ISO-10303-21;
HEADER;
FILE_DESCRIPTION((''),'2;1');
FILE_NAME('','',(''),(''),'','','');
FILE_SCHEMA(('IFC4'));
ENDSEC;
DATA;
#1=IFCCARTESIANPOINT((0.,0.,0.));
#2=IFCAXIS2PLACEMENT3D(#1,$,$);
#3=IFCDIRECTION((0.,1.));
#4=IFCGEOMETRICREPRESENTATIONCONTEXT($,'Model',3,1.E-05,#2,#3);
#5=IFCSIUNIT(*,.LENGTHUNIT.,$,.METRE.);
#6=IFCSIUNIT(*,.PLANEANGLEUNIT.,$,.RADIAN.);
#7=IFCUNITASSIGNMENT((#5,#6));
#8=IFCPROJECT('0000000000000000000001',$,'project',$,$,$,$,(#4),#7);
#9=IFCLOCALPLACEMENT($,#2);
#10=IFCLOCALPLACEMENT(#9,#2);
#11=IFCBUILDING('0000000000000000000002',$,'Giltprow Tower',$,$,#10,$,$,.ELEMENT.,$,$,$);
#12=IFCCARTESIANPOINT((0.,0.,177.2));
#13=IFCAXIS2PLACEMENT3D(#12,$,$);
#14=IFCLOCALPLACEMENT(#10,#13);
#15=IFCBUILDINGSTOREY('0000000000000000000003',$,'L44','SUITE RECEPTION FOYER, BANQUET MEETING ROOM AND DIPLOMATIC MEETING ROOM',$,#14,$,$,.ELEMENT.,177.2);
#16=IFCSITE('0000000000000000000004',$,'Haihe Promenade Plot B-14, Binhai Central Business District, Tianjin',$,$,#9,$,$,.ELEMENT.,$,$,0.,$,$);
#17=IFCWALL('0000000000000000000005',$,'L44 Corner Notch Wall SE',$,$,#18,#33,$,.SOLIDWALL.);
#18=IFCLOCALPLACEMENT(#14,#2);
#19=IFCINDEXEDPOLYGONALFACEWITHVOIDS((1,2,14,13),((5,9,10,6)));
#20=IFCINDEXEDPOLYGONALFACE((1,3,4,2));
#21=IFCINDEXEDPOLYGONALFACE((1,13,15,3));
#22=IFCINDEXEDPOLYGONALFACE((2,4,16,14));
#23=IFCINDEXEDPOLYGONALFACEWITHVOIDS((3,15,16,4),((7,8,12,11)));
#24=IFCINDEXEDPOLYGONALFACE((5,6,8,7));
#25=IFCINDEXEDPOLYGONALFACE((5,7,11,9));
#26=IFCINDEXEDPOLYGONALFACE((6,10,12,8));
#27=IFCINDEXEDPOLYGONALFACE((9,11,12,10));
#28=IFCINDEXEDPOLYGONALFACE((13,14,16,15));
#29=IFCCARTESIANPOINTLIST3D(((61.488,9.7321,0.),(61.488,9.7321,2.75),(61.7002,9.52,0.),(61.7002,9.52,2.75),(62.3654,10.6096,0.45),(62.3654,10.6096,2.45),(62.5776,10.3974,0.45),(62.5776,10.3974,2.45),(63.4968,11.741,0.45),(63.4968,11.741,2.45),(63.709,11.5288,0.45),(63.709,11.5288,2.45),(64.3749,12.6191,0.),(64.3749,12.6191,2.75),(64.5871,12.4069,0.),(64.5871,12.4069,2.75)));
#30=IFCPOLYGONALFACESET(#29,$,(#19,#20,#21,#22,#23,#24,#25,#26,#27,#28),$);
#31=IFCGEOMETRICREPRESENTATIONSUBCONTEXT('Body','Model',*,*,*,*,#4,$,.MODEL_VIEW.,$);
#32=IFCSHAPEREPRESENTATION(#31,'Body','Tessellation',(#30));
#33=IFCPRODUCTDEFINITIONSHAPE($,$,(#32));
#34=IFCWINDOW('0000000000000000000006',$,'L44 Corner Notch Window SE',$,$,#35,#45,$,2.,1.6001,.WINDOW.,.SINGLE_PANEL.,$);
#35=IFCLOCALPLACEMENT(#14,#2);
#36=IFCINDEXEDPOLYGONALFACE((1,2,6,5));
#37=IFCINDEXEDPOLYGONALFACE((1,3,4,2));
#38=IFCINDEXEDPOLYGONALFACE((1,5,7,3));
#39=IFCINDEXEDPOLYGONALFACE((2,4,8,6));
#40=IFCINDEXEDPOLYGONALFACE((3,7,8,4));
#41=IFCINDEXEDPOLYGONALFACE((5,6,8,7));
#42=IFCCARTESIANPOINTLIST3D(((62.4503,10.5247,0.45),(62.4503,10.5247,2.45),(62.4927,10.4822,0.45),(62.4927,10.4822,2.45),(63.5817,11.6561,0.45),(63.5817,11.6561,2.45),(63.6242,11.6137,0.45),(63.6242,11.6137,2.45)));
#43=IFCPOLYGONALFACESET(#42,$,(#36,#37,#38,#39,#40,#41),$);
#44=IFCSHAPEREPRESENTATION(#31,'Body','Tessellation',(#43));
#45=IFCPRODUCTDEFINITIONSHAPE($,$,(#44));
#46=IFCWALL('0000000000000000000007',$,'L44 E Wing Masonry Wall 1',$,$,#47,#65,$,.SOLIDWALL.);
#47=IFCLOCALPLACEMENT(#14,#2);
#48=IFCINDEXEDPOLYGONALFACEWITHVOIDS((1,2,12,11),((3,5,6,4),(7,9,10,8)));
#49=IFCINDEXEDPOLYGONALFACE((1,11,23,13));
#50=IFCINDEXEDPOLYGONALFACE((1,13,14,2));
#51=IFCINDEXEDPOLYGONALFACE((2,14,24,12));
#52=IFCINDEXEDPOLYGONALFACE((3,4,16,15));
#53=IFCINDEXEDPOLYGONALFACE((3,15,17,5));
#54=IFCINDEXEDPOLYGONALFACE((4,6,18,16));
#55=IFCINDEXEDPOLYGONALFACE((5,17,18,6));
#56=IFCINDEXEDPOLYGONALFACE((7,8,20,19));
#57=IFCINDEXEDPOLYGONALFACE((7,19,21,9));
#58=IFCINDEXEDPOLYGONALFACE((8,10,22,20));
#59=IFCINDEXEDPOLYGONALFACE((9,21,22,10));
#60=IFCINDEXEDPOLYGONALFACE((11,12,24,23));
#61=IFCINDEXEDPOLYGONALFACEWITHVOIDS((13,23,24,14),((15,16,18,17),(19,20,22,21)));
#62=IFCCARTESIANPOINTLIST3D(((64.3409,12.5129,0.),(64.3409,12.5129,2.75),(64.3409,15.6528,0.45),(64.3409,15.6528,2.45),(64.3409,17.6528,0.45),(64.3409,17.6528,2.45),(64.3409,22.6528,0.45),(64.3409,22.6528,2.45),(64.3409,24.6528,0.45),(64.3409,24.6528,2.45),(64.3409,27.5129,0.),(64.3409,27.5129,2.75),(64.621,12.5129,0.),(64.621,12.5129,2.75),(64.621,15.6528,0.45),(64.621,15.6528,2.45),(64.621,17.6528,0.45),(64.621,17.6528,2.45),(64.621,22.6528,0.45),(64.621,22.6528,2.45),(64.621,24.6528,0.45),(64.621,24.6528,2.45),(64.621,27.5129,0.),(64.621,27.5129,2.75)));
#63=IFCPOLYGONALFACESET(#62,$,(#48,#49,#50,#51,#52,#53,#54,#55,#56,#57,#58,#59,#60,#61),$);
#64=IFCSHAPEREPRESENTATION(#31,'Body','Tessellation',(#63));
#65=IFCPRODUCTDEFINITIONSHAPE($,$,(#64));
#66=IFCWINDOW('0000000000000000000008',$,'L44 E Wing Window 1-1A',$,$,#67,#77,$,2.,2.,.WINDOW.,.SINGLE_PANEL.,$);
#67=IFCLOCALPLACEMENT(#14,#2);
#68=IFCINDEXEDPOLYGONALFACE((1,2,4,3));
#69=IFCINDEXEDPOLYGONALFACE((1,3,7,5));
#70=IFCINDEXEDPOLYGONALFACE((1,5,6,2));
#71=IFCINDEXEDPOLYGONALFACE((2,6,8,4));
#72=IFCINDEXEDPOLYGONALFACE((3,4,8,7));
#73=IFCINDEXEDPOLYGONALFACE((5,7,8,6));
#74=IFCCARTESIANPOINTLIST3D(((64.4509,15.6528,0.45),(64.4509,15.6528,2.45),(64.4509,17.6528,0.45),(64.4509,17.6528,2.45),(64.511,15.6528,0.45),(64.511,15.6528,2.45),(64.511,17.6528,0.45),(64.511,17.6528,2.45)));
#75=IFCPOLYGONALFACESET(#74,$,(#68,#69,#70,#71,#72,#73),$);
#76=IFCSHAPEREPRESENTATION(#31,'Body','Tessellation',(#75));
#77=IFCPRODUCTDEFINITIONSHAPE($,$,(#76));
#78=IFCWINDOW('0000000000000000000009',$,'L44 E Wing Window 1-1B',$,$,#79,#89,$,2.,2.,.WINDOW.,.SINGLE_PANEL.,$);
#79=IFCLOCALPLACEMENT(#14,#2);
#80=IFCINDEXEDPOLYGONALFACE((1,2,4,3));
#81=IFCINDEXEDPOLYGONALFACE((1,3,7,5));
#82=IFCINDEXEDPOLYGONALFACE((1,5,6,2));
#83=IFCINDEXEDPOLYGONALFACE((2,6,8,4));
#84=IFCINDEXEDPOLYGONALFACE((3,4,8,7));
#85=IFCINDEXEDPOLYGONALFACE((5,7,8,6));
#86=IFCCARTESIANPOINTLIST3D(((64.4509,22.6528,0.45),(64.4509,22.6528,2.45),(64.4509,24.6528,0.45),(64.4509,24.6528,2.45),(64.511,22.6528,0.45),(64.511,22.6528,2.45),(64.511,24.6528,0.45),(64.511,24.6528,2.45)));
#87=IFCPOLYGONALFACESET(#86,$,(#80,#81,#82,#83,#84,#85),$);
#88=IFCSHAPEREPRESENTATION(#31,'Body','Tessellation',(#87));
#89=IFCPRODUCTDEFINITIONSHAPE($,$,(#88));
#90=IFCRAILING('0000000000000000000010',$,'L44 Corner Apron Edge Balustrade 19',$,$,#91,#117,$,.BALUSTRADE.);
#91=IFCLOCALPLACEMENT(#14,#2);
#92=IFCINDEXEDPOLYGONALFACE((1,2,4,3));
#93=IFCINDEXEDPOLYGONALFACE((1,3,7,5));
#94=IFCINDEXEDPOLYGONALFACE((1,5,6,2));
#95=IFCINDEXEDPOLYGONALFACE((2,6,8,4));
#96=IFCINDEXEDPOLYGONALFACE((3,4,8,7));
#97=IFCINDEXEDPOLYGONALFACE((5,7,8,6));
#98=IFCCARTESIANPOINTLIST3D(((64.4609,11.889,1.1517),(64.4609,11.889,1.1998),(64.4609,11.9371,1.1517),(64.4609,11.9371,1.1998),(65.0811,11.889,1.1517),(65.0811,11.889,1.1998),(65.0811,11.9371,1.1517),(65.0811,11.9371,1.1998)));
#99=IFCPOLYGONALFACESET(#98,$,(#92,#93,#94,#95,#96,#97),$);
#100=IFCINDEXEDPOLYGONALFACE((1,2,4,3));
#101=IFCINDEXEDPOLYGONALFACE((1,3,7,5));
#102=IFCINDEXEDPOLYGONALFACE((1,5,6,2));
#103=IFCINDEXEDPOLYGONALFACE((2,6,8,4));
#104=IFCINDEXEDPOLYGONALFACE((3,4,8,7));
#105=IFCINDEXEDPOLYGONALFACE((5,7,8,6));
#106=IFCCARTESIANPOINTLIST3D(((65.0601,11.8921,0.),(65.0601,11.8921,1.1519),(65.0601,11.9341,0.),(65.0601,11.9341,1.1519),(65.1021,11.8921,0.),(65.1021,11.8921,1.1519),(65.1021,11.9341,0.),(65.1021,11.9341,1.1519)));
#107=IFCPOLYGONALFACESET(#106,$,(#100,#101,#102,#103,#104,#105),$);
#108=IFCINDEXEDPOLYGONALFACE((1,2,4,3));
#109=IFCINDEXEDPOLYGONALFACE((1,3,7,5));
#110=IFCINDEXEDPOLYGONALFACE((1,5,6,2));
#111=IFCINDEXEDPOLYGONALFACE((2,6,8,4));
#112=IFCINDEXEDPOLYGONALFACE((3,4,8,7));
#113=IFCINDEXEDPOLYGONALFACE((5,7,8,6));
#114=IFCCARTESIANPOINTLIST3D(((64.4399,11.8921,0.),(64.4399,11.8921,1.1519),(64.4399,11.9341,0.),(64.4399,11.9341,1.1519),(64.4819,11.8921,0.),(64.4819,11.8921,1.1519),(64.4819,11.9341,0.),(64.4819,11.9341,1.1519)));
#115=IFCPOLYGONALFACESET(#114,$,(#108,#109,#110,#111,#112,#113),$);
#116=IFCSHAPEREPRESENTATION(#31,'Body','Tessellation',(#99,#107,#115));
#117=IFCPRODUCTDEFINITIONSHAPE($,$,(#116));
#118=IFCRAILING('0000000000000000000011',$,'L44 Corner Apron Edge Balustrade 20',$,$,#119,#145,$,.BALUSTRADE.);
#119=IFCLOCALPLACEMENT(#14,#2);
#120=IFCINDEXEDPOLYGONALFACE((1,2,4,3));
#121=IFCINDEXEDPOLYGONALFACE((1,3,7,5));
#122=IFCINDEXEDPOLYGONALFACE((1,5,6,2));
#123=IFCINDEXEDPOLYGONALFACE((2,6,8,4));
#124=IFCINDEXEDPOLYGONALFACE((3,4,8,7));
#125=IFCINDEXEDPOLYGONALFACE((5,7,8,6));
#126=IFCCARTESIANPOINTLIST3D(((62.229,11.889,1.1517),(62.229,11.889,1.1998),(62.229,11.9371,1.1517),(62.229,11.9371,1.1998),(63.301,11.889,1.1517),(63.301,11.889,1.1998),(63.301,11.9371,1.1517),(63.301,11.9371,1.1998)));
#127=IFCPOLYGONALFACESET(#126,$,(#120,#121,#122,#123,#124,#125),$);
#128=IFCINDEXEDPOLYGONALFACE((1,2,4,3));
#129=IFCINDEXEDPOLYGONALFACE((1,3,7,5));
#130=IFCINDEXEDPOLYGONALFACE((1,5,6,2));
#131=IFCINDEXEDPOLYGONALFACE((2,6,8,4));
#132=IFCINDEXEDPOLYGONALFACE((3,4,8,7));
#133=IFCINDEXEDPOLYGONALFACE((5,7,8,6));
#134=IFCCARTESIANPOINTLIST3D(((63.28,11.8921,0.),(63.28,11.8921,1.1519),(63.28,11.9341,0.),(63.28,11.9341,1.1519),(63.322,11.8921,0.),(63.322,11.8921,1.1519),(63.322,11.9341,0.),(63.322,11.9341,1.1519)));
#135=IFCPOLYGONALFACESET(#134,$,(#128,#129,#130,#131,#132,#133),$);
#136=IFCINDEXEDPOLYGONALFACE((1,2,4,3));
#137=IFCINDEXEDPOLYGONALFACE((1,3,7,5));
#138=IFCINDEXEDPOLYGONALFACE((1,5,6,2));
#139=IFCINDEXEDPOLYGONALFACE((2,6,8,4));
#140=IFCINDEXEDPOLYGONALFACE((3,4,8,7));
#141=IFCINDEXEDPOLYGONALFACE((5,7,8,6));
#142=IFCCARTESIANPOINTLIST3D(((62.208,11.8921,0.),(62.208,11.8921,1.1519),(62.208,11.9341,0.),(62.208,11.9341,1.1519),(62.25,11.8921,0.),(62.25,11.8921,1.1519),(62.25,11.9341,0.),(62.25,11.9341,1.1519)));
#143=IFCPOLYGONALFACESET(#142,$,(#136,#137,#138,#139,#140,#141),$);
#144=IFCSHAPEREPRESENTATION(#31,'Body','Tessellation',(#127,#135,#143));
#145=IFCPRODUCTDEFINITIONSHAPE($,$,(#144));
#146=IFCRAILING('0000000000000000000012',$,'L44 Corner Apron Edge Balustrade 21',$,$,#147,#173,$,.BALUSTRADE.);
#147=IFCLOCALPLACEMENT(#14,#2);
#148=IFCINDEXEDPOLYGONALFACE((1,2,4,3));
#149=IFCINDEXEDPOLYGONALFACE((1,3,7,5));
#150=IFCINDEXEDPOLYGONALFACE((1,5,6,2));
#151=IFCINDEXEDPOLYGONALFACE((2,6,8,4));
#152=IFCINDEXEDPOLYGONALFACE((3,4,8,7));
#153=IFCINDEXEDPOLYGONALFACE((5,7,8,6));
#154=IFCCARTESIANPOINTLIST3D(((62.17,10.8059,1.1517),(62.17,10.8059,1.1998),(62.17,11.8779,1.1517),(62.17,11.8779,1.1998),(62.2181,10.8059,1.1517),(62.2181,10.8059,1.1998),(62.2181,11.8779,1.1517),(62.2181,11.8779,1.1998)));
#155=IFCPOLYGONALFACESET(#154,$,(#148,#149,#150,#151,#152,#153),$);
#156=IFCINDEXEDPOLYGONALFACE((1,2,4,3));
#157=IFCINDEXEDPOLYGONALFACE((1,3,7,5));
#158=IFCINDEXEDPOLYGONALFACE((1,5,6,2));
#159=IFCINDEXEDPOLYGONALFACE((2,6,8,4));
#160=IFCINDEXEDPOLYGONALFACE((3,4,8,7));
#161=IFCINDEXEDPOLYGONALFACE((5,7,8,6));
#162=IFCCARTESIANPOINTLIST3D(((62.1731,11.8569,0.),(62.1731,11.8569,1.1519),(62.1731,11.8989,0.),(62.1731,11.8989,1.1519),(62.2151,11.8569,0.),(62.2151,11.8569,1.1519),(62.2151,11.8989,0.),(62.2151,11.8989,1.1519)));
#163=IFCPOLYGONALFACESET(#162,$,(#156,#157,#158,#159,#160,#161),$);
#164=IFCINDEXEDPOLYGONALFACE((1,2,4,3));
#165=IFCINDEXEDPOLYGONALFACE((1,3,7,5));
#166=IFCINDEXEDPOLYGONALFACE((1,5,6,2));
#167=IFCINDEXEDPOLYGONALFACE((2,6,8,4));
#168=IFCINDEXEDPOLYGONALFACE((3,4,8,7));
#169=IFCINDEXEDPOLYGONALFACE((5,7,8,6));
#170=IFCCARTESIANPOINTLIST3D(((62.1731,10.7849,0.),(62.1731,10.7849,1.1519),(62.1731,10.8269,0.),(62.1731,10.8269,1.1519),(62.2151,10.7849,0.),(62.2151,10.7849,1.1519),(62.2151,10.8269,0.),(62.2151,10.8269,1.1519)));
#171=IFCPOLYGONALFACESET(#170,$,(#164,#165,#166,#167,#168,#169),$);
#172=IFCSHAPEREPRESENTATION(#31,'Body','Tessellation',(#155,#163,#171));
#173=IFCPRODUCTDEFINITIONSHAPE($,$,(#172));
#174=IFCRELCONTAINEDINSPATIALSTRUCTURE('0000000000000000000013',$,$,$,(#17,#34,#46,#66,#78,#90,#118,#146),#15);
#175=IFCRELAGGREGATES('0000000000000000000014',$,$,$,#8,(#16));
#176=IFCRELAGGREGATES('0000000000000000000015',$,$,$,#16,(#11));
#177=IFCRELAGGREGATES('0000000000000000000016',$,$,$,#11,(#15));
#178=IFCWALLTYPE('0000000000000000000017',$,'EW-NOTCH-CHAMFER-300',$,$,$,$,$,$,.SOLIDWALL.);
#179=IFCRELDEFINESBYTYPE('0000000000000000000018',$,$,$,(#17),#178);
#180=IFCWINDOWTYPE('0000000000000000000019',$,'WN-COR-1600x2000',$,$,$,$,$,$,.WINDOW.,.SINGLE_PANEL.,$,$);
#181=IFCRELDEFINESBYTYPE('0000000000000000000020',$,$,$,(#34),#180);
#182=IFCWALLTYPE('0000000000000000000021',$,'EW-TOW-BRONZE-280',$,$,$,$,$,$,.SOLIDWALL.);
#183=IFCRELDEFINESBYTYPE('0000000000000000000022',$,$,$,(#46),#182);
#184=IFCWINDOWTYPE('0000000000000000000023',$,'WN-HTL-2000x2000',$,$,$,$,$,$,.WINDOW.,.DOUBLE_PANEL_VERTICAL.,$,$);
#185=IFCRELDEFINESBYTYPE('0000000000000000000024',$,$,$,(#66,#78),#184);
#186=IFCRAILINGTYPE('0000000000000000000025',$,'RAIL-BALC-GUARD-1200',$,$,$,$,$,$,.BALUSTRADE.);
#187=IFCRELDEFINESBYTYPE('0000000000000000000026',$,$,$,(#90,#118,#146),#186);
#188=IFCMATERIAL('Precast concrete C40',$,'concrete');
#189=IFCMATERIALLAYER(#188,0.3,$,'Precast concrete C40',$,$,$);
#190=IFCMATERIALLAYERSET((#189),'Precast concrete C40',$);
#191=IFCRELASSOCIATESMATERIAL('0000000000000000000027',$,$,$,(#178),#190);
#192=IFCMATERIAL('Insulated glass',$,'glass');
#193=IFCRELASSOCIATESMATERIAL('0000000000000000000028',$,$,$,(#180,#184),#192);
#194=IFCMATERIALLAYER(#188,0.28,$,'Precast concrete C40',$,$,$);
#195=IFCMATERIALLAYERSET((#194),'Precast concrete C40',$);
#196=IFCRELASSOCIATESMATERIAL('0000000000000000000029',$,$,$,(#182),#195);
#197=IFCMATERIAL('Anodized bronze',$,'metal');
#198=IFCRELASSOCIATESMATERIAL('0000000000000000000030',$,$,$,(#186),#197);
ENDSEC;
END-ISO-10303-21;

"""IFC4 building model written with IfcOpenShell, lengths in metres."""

from ifc_helpers import new_model, si_unit, direction, frame, frame_2d, origin, origin_2d, place, context, subcontext, project, spatial, rectangle, extrude, source, transform, mapped, material, layer, layer_set, type_object, element, fill, save


model = new_model("IFC4")

# Units and contexts
model_context = context("Model", 3, precision=1e-05, world=origin(), true_north=direction((0.0, 1.0)))
body_context = subcontext(model_context, "Body", "Model", "MODEL_VIEW")
ifc_project = project(units=[si_unit("LENGTHUNIT", "METRE"), si_unit("PLANEANGLEUNIT", "RADIAN")], contexts=[model_context])

# Site, building, storey
site_placement = place(None, origin())
site = spatial("IfcSite", under=ifc_project, at=site_placement, Name="Haihe Promenade Plot B-14, Binhai Central Business District, Tianjin", CompositionType="ELEMENT", RefElevation=0.0)
building_placement = place(site_placement, origin())
building = spatial("IfcBuilding", under=site, at=building_placement, Name="Giltprow Tower", CompositionType="ELEMENT")
storey_placement = place(building_placement, frame((0.0, 0.0, 177.2)))
storey = spatial("IfcBuildingStorey", under=building, at=storey_placement, Name="L44", Description="SUITE RECEPTION FOYER, BANQUET MEETING ROOM AND DIPLOMATIC MEETING ROOM", CompositionType="ELEMENT", Elevation=177.2)

# Shared definitions
ifc_material_1 = material(Name="Anodized bronze", Category="metal")

# Shared definitions
ifc_material_2 = material(Name="Insulated glass", Category="glass")

# Wall, opening, window
ifc_material_3 = material(Name="Precast concrete C40", Category="concrete")
ifc_layer_1 = layer(ifc_material_3, 0.3, Name="Precast concrete C40")
ifc_layer_set_1 = layer_set([ifc_layer_1], Name="Precast concrete C40")
wall_type_1 = type_object("IfcWallType", Name="EW-NOTCH-CHAMFER-300", PredefinedType="SOLIDWALL", material=ifc_layer_set_1)
wall_1_placement = place(storey_placement, frame((61.594, 9.626, 0.0), z_axis=(0.0, 0.0, 1.0), x_axis=(0.707107, 0.707107, 0.0)))
wall_1 = element("IfcWall", 1, at=wall_1_placement, inside=storey, type_object=wall_type_1, Name="L44 Corner Notch Wall SE", PredefinedType="SOLIDWALL", context=body_context, shape_type="SweptSolid", body=[
    extrude(rectangle(XDim=4.0828, YDim=0.3, at=frame_2d((2.0415, 0.0))), origin(), (0.0, 0.0, 1.0), 2.75),
])
opening_1_placement = place(wall_1_placement, frame((1.241, 0.0, 0.45)))
opening_1 = element("IfcOpeningElement", 2, at=opening_1_placement, cuts=wall_1, PredefinedType="OPENING", context=body_context, shape_type="SweptSolid", body=[
    extrude(rectangle(XDim=1.6001, YDim=2.0, at=frame_2d((0.8, 1.0))), frame((0.0, 0.1599, 0.0), z_axis=(0.0, -1.0, 0.0), x_axis=(1.0, 0.0, 0.0)), (0.0, 0.0, 1.0), 0.3201),
])
window_type_1 = type_object("IfcWindowType", Name="WN-COR-1600x2000", PartitioningType="SINGLE_PANEL", PredefinedType="WINDOW", material=ifc_material_2)
shared_shape_1 = source(origin(), body_context, "Body", "SweptSolid", [
    extrude(rectangle(XDim=1.6001, YDim=2.0, at=frame_2d((0.8, 1.0))), frame((0.0, 0.03, 0.0), z_axis=(0.0, -1.0, 0.0), x_axis=(1.0, 0.0, 0.0)), (0.0, 0.0, 1.0), 0.0601),
])
window_1_placement = place(opening_1_placement, origin())
window_1 = element("IfcWindow", 3, at=window_1_placement, inside=storey, type_object=window_type_1, Name="L44 Corner Notch Window SE", OverallHeight=2.0, OverallWidth=1.6001, PartitioningType="SINGLE_PANEL", PredefinedType="WINDOW", context=body_context, shape_type="MappedRepresentation", body=[
    mapped(shared_shape_1, transform((0.0, 0.0, 0.0), x_axis=(1.0, 0.0, 0.0), y_axis=(0.0, 1.0, 0.0), z_axis=(0.0, 0.0, 1.0), scale=1.0)),
])
fill(opening_1, window_1)

# Wall, openings, windows
ifc_layer_2 = layer(ifc_material_3, 0.28, Name="Precast concrete C40")
ifc_layer_set_2 = layer_set([ifc_layer_2], Name="Precast concrete C40")
wall_type_2 = type_object("IfcWallType", Name="EW-TOW-BRONZE-280", PredefinedType="SOLIDWALL", material=ifc_layer_set_2)
wall_2_placement = place(storey_placement, frame((64.481, 12.5129, 0.0), z_axis=(0.0, 0.0, 1.0), x_axis=(0.0, 1.0, 0.0)))
wall_2 = element("IfcWall", 4, at=wall_2_placement, inside=storey, type_object=wall_type_2, Name="L44 E Wing Masonry Wall 1", PredefinedType="SOLIDWALL", context=body_context, shape_type="SweptSolid", body=[
    extrude(rectangle(XDim=15.0, YDim=0.28, at=frame_2d((7.5, 0.0))), origin(), (0.0, 0.0, 1.0), 2.75),
])
opening_2_placement = place(wall_2_placement, frame((3.1399, 0.0, 0.45)))
opening_2 = element("IfcOpeningElement", 5, at=opening_2_placement, cuts=wall_2, PredefinedType="OPENING", context=body_context, shape_type="SweptSolid", body=[
    extrude(rectangle(XDim=2.0, YDim=2.0, at=frame_2d((1.0, 1.0))), frame((0.0, 0.1499, 0.0), z_axis=(0.0, -1.0, 0.0), x_axis=(1.0, 0.0, 0.0)), (0.0, 0.0, 1.0), 0.3),
])
opening_3_placement = place(wall_2_placement, frame((10.1399, 0.0, 0.45)))
opening_3 = element("IfcOpeningElement", 6, at=opening_3_placement, cuts=wall_2, PredefinedType="OPENING", context=body_context, shape_type="SweptSolid", body=[
    extrude(rectangle(XDim=2.0, YDim=2.0, at=frame_2d((1.0, 1.0))), frame((0.0, 0.1499, 0.0), z_axis=(0.0, -1.0, 0.0), x_axis=(1.0, 0.0, 0.0)), (0.0, 0.0, 1.0), 0.3),
])
window_type_2 = type_object("IfcWindowType", Name="WN-HTL-2000x2000", PartitioningType="DOUBLE_PANEL_VERTICAL", PredefinedType="WINDOW", material=ifc_material_2)
shared_shape_2 = source(origin(), body_context, "Body", "SweptSolid", [
    extrude(rectangle(XDim=2.0, YDim=2.0, at=frame_2d((1.0, 1.0))), frame((0.0, 0.03, 0.0), z_axis=(0.0, -1.0, 0.0), x_axis=(1.0, 0.0, 0.0)), (0.0, 0.0, 1.0), 0.0601),
])
window_2_placement = place(opening_2_placement, origin())
window_2 = element("IfcWindow", 7, at=window_2_placement, inside=storey, type_object=window_type_2, Name="L44 E Wing Window 1-1A", OverallHeight=2.0, OverallWidth=2.0, PartitioningType="SINGLE_PANEL", PredefinedType="WINDOW", context=body_context, shape_type="MappedRepresentation", body=[
    mapped(shared_shape_2, transform((0.0, 0.0, 0.0), x_axis=(1.0, 0.0, 0.0), y_axis=(0.0, 1.0, 0.0), z_axis=(0.0, 0.0, 1.0), scale=1.0)),
])
fill(opening_2, window_2)
window_3_placement = place(opening_3_placement, origin())
window_3 = element("IfcWindow", 8, at=window_3_placement, inside=storey, type_object=window_type_2, Name="L44 E Wing Window 1-1B", OverallHeight=2.0, OverallWidth=2.0, PartitioningType="SINGLE_PANEL", PredefinedType="WINDOW", context=body_context, shape_type="MappedRepresentation", body=[
    mapped(shared_shape_2, transform((0.0, 0.0, 0.0), x_axis=(1.0, 0.0, 0.0), y_axis=(0.0, 1.0, 0.0), z_axis=(0.0, 0.0, 1.0), scale=1.0)),
])
fill(opening_3, window_3)

# Railings
railing_type = type_object("IfcRailingType", Name="RAIL-BALC-GUARD-1200", PredefinedType="BALUSTRADE", material=ifc_material_1)
railing_1_placement = place(storey_placement, frame((65.0811, 11.9131, 0.0)))
element("IfcRailing", 9, at=railing_1_placement, inside=storey, type_object=railing_type, Name="L44 Corner Apron Edge Balustrade 19", PredefinedType="BALUSTRADE", context=body_context, shape_type="SweptSolid", body=[
    extrude(rectangle(XDim=0.0481, YDim=0.0481, at=origin_2d()), frame((0.0, 0.0, 1.1758), z_axis=(-1.0, 0.0, 0.0), x_axis=(0.0, -1.0, 0.0)), (0.0, 0.0, 1.0), 0.6201),
    extrude(rectangle(XDim=0.042, YDim=0.042, at=origin_2d()), origin(), (0.0, 0.0, 1.0), 1.1519),
    extrude(rectangle(XDim=0.042, YDim=0.042, at=origin_2d()), frame((-0.6201, 0.0, 0.0)), (0.0, 0.0, 1.0), 1.1519),
])
railing_2_placement = place(storey_placement, frame((63.301, 11.9131, 0.0)))
element("IfcRailing", 10, at=railing_2_placement, inside=storey, type_object=railing_type, Name="L44 Corner Apron Edge Balustrade 20", PredefinedType="BALUSTRADE", context=body_context, shape_type="SweptSolid", body=[
    extrude(rectangle(XDim=0.0481, YDim=0.0481, at=origin_2d()), frame((0.0, 0.0, 1.1758), z_axis=(-1.0, 0.0, 0.0), x_axis=(0.0, -1.0, 0.0)), (0.0, 0.0, 1.0), 1.072),
    extrude(rectangle(XDim=0.042, YDim=0.042, at=origin_2d()), origin(), (0.0, 0.0, 1.0), 1.1519),
    extrude(rectangle(XDim=0.042, YDim=0.042, at=origin_2d()), frame((-1.072, 0.0, 0.0)), (0.0, 0.0, 1.0), 1.1519),
])
railing_3_placement = place(storey_placement, frame((62.1941, 11.8779, 0.0)))
element("IfcRailing", 11, at=railing_3_placement, inside=storey, type_object=railing_type, Name="L44 Corner Apron Edge Balustrade 21", PredefinedType="BALUSTRADE", context=body_context, shape_type="SweptSolid", body=[
    extrude(rectangle(XDim=0.0481, YDim=0.0481, at=origin_2d()), frame((0.0, 0.0, 1.1758), z_axis=(0.0, -1.0, 0.0), x_axis=(1.0, 0.0, 0.0)), (0.0, 0.0, 1.0), 1.072),
    extrude(rectangle(XDim=0.042, YDim=0.042, at=origin_2d()), origin(), (0.0, 0.0, 1.0), 1.1519),
    extrude(rectangle(XDim=0.042, YDim=0.042, at=origin_2d()), frame((0.0, -1.072, 0.0)), (0.0, 0.0, 1.0), 1.1519),
])

save(model, "model.ifc")
